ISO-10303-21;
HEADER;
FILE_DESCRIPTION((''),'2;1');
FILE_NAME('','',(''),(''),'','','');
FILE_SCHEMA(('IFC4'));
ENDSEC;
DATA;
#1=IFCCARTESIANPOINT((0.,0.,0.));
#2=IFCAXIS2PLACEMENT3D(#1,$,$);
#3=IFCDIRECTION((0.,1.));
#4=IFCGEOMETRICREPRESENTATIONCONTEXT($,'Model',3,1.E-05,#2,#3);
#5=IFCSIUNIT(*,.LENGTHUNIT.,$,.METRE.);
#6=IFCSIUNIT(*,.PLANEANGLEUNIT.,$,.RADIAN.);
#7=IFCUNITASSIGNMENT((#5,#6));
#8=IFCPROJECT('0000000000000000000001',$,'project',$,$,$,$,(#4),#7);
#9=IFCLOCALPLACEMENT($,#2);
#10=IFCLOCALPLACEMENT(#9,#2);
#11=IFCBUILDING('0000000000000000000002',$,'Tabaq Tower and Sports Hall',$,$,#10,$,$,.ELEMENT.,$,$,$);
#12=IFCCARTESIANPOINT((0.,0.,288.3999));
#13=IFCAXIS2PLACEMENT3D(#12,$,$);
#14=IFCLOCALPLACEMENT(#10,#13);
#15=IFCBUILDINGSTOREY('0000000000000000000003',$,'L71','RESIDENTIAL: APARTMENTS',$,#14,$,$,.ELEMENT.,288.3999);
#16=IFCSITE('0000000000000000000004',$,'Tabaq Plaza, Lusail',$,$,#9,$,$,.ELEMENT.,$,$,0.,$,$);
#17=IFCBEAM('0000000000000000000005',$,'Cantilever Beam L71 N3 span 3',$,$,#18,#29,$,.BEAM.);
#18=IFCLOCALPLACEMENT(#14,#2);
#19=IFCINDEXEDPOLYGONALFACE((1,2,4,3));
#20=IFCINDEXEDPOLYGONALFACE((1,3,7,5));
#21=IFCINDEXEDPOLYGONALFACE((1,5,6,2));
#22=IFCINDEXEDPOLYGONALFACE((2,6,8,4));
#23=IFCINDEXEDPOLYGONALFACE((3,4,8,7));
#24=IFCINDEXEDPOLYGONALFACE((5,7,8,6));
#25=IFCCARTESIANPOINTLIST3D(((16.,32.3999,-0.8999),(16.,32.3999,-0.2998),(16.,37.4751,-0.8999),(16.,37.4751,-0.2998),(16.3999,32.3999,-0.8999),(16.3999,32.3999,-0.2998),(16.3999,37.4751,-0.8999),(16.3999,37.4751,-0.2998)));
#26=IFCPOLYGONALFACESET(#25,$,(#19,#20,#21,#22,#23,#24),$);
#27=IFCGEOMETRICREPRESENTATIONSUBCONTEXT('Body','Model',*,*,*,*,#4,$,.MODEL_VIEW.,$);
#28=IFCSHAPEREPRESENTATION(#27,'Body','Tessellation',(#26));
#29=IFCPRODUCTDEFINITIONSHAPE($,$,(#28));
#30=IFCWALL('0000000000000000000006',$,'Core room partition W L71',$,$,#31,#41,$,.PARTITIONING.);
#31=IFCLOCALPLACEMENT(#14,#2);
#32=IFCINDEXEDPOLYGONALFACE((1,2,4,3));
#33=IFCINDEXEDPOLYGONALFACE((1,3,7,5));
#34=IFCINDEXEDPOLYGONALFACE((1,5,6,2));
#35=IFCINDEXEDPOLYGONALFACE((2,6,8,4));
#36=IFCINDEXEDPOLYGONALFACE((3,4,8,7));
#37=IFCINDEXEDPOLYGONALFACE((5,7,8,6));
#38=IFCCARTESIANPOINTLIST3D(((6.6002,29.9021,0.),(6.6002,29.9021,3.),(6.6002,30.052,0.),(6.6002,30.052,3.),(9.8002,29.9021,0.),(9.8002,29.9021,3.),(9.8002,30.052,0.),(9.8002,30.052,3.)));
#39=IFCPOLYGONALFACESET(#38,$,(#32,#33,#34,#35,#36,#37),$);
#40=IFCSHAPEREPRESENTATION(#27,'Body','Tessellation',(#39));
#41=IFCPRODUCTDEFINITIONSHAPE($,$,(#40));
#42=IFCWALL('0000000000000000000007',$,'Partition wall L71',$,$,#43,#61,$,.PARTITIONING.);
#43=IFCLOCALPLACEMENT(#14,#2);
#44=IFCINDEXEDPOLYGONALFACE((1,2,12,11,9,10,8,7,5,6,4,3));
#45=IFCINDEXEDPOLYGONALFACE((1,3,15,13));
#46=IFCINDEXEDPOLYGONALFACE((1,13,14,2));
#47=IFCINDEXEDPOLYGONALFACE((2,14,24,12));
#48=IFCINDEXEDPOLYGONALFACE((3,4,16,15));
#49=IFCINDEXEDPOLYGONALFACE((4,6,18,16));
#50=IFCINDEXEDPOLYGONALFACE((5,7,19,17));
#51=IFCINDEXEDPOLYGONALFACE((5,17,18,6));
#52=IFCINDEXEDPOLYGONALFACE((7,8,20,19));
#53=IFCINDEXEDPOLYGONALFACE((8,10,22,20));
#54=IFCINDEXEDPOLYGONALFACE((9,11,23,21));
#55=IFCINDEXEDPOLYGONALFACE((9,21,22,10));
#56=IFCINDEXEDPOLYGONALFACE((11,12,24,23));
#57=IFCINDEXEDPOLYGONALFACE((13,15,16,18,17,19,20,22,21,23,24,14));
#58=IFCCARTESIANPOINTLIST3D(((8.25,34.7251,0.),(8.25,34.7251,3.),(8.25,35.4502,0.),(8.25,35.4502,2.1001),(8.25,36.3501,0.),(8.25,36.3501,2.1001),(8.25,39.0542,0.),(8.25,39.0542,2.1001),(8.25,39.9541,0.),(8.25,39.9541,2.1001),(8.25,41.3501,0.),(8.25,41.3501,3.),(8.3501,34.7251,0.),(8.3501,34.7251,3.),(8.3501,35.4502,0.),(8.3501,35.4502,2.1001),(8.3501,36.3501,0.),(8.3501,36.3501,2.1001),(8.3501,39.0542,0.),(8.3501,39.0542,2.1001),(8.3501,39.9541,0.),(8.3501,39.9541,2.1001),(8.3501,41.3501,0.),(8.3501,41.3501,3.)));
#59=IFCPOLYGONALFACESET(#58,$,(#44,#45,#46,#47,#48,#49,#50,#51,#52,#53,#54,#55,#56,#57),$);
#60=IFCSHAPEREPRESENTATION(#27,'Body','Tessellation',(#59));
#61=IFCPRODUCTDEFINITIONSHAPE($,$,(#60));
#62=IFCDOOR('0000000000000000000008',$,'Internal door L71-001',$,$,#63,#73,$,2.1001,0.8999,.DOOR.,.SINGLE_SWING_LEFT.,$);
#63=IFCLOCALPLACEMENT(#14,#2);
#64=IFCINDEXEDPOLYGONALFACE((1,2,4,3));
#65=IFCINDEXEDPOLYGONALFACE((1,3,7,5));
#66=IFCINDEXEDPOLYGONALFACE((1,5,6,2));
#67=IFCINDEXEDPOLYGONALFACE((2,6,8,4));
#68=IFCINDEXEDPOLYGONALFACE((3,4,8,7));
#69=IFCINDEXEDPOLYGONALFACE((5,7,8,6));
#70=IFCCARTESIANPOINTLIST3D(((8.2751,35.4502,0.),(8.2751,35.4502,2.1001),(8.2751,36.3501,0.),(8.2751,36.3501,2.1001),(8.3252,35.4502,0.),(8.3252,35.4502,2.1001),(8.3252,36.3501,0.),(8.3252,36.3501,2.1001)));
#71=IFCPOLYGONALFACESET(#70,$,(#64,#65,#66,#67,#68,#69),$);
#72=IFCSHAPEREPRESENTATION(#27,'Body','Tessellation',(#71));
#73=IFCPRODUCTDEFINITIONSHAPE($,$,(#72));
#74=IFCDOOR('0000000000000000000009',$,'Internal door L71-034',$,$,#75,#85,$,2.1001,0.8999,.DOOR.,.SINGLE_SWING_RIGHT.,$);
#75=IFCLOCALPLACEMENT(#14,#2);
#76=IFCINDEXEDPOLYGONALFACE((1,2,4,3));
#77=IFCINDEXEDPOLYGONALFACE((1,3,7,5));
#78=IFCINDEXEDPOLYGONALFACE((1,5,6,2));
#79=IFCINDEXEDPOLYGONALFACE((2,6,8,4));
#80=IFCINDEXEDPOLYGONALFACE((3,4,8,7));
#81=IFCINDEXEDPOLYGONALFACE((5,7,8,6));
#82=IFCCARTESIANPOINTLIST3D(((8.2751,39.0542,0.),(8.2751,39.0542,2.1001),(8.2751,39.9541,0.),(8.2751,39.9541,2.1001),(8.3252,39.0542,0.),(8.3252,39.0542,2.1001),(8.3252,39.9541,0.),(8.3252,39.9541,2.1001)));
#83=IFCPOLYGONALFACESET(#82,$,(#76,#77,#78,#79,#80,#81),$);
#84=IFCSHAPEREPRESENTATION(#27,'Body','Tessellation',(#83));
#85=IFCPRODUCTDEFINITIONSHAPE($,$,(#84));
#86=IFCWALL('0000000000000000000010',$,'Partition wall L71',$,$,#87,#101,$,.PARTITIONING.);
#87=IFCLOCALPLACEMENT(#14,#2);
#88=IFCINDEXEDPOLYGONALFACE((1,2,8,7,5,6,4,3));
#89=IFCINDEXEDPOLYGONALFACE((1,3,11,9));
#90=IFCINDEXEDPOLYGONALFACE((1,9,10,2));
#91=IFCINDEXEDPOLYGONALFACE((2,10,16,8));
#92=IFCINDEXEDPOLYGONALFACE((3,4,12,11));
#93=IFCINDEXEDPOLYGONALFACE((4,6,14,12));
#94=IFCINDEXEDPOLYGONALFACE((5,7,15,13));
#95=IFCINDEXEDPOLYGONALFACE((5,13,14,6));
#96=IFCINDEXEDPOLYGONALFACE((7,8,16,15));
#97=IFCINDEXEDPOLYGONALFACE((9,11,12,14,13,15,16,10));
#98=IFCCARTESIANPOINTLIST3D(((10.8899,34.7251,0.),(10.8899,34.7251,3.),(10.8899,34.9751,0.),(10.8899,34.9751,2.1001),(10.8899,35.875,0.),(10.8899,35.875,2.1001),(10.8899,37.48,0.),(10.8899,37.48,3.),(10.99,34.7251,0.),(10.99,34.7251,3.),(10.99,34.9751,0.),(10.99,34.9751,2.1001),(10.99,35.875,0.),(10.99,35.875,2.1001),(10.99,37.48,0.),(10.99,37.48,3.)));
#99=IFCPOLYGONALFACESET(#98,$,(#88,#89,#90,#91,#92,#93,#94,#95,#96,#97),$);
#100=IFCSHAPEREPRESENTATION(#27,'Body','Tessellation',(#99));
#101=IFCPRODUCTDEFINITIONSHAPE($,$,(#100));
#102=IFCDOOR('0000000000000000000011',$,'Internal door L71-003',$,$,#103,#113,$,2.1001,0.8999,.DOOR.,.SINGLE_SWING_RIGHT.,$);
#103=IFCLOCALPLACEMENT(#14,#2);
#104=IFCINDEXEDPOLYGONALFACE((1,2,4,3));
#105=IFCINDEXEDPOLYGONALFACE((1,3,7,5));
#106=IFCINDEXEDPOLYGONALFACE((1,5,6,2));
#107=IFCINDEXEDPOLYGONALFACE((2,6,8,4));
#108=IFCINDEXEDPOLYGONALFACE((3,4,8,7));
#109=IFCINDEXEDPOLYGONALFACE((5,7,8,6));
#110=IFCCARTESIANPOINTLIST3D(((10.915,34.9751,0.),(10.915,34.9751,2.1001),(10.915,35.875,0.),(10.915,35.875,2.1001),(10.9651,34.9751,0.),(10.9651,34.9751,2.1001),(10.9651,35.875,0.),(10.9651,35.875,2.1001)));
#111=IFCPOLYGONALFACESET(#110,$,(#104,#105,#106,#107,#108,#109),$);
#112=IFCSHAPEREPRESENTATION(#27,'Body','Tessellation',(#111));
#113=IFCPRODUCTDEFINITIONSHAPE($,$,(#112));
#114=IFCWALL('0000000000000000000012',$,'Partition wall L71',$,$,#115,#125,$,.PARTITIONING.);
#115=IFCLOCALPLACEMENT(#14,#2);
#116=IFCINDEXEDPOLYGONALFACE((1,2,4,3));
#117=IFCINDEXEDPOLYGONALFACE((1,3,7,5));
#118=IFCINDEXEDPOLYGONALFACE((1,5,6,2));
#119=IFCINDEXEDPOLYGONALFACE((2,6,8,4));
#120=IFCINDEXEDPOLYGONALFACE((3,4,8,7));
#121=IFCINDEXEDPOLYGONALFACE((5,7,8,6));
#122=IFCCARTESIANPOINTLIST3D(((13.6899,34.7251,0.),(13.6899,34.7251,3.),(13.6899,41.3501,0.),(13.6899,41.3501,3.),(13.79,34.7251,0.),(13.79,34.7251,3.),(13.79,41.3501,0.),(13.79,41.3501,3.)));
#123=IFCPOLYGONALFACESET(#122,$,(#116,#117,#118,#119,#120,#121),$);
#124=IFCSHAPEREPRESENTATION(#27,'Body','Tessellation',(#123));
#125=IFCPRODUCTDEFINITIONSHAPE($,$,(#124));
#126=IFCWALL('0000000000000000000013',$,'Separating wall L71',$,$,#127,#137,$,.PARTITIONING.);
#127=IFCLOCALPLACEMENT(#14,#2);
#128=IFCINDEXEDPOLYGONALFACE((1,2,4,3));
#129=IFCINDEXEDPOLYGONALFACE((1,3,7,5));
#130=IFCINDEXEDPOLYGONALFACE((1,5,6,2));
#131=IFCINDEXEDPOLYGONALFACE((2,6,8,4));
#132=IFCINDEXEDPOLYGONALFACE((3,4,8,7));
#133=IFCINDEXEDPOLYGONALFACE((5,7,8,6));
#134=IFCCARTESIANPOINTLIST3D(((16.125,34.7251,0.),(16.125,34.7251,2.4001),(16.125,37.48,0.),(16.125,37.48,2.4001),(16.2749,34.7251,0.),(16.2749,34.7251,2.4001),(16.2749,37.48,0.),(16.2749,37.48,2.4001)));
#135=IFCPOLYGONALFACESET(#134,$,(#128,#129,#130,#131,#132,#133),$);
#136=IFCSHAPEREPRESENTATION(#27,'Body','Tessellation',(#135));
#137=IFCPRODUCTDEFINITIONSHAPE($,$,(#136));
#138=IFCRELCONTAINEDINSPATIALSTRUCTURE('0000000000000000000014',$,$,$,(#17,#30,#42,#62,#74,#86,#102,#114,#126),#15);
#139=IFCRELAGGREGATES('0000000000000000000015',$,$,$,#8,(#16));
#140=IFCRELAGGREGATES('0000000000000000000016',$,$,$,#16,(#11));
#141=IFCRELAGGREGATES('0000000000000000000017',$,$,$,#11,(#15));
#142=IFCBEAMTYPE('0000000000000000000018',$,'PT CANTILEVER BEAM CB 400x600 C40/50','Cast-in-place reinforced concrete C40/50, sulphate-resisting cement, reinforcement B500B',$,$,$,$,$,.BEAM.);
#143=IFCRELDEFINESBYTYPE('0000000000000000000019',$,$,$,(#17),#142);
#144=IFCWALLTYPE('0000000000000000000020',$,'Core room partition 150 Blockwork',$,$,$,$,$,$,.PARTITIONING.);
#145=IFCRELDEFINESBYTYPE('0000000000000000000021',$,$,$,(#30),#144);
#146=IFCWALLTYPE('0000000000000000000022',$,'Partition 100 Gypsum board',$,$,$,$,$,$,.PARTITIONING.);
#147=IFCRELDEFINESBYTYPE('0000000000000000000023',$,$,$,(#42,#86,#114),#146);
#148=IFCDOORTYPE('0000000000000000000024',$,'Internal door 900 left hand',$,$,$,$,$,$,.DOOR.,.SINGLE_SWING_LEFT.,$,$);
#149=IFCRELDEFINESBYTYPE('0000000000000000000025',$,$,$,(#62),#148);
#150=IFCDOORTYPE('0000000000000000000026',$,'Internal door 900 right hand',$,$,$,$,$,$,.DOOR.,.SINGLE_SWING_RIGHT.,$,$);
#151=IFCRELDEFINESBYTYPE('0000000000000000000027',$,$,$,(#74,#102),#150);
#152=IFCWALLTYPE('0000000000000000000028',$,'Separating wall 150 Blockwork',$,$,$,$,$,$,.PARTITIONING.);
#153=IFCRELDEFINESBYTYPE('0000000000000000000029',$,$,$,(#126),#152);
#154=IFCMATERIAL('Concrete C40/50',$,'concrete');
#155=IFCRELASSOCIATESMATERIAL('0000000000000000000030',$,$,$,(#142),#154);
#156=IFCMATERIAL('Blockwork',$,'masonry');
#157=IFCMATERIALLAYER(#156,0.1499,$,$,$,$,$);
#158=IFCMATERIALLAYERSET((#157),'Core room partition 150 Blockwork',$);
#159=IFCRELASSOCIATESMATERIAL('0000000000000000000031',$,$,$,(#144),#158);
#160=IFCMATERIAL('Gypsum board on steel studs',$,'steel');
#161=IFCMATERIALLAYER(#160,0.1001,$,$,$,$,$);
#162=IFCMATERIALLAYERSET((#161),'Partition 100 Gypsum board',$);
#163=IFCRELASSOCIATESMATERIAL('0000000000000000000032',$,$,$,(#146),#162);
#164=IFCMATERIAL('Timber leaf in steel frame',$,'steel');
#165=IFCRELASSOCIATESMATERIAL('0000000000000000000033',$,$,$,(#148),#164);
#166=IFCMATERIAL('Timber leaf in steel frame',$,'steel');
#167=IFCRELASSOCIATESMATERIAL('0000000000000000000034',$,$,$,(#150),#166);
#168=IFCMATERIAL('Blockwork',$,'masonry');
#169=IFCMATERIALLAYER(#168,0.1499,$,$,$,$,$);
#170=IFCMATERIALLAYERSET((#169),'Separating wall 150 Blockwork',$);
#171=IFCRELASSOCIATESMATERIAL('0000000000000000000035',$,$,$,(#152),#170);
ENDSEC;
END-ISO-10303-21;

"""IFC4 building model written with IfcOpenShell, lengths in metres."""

from ifc_helpers import new_model, si_unit, direction, frame, frame_2d, origin, origin_2d, place, context, subcontext, project, spatial, rectangle, extrude, material, layer, layer_set, material_profile, profile_set, type_object, element, fill, save


model = new_model("IFC4")

# Units and contexts
model_context = context("Model", 3, precision=1e-05, world=origin(), true_north=direction((0.0, 1.0)))
body_context = subcontext(model_context, "Body", "Model", "MODEL_VIEW")
ifc_project = project(units=[si_unit("LENGTHUNIT", "METRE"), si_unit("PLANEANGLEUNIT", "RADIAN")], contexts=[model_context])

# Site, building, storey
site_placement = place(None, origin())
site = spatial("IfcSite", under=ifc_project, at=site_placement, Name="Tabaq Plaza, Lusail", CompositionType="ELEMENT", RefElevation=0.0)
building_placement = place(site_placement, origin())
building = spatial("IfcBuilding", under=site, at=building_placement, Name="Tabaq Tower and Sports Hall", CompositionType="ELEMENT")
storey_placement = place(building_placement, frame((0.0, 0.0, 288.3999)))
storey = spatial("IfcBuildingStorey", under=building, at=storey_placement, Name="L71", Description="RESIDENTIAL: APARTMENTS", CompositionType="ELEMENT", Elevation=288.3999)

# Beam
ifc_material_1 = material(Name="Concrete C40/50", Category="concrete")
ifc_material_profile = material_profile(ifc_material_1, rectangle(XDim=0.3999, YDim=0.6001, at=origin_2d()), Name="CB 400x600")
ifc_profile_set = profile_set([ifc_material_profile], Name="Concrete C40/50")
beam_type = type_object("IfcBeamType", Name="PT CANTILEVER BEAM CB 400x600 C40/50", Description="Cast-in-place reinforced concrete C40/50, sulphate-resisting cement, reinforcement B500B", PredefinedType="BEAM", material=ifc_profile_set)
beam_placement = place(storey_placement, frame((16.2, 37.4751, -0.5999), z_axis=(0.0, -1.0, 0.0), x_axis=(1.0, 0.0, 0.0)))
element("IfcBeam", 1, at=beam_placement, inside=storey, type_object=beam_type, Name="Cantilever Beam L71 N3 span 3", PredefinedType="BEAM", context=body_context, shape_type="SweptSolid", body=[
    extrude(rectangle(XDim=0.3999, YDim=0.6001, at=origin_2d()), origin(), (0.0, 0.0, 1.0), 5.0752),
])

# Wall
ifc_material_2 = material(Name="Blockwork", Category="masonry")
ifc_layer_1 = layer(ifc_material_2, 0.1499)
ifc_layer_set_1 = layer_set([ifc_layer_1], Name="Core room partition 150 Blockwork")
wall_type_1 = type_object("IfcWallType", Name="Core room partition 150 Blockwork", PredefinedType="PARTITIONING", material=ifc_layer_set_1)
wall_1_placement = place(storey_placement, frame((6.6001, 29.9771, 0.0), z_axis=(0.0, 0.0, 1.0), x_axis=(1.0, 0.0, 0.0)))
element("IfcWall", 2, at=wall_1_placement, inside=storey, type_object=wall_type_1, Name="Core room partition W L71", PredefinedType="PARTITIONING", context=body_context, shape_type="SweptSolid", body=[
    extrude(rectangle(XDim=3.2, YDim=0.1499, at=frame_2d((1.6001, 0.0))), origin(), (0.0, 0.0, 1.0), 3.0),
])

# Wall, openings, doors
ifc_material_3 = material(Name="Gypsum board on steel studs", Category="steel")
ifc_layer_2 = layer(ifc_material_3, 0.1001)
ifc_layer_set_2 = layer_set([ifc_layer_2], Name="Partition 100 Gypsum board")
wall_type_2 = type_object("IfcWallType", Name="Partition 100 Gypsum board", PredefinedType="PARTITIONING", material=ifc_layer_set_2)
wall_2_placement = place(storey_placement, frame((8.3, 34.7251, 0.0), z_axis=(0.0, 0.0, 1.0), x_axis=(0.0, 1.0, 0.0)))
wall_2 = element("IfcWall", 3, at=wall_2_placement, inside=storey, type_object=wall_type_2, Name="Partition wall L71", PredefinedType="PARTITIONING", context=body_context, shape_type="SweptSolid", body=[
    extrude(rectangle(XDim=6.625, YDim=0.1001, at=frame_2d((3.3125, 0.0))), origin(), (0.0, 0.0, 1.0), 3.0),
])
opening_1_placement = place(wall_2_placement, frame((0.7251, 0.0, 0.0)))
opening_1 = element("IfcOpeningElement", 4, at=opening_1_placement, cuts=wall_2, PredefinedType="OPENING", context=body_context, shape_type="SweptSolid", body=[
    extrude(rectangle(XDim=0.8999, YDim=2.1001, at=frame_2d((0.45, 1.05))), frame((0.0, 0.05, 0.0), z_axis=(0.0, -1.0, 0.0), x_axis=(1.0, 0.0, 0.0)), (0.0, 0.0, 1.0), 0.1001),
])
opening_2_placement = place(wall_2_placement, frame((4.3291, 0.0, 0.0)))
opening_2 = element("IfcOpeningElement", 5, at=opening_2_placement, cuts=wall_2, PredefinedType="OPENING", context=body_context, shape_type="SweptSolid", body=[
    extrude(rectangle(XDim=0.8999, YDim=2.1001, at=frame_2d((0.45, 1.05))), frame((0.0, 0.05, 0.0), z_axis=(0.0, -1.0, 0.0), x_axis=(1.0, 0.0, 0.0)), (0.0, 0.0, 1.0), 0.1001),
])
ifc_material_4 = material(Name="Timber leaf in steel frame", Category="steel")
door_type_1 = type_object("IfcDoorType", Name="Internal door 900 left hand", OperationType="SINGLE_SWING_LEFT", PredefinedType="DOOR", material=ifc_material_4)
door_1_placement = place(opening_1_placement, origin())
door_1 = element("IfcDoor", 6, at=door_1_placement, inside=storey, type_object=door_type_1, Name="Internal door L71-001", OperationType="SINGLE_SWING_LEFT", OverallHeight=2.1001, OverallWidth=0.8999, PredefinedType="DOOR", context=body_context, shape_type="SweptSolid", body=[
    extrude(rectangle(XDim=0.8999, YDim=2.1001, at=frame_2d((0.45, 1.05))), frame((0.0, 0.0249, 0.0), z_axis=(0.0, -1.0, 0.0), x_axis=(1.0, 0.0, 0.0)), (0.0, 0.0, 1.0), 0.05),
])
fill(opening_1, door_1)
ifc_material_5 = material(Name="Timber leaf in steel frame", Category="steel")
door_type_2 = type_object("IfcDoorType", Name="Internal door 900 right hand", OperationType="SINGLE_SWING_RIGHT", PredefinedType="DOOR", material=ifc_material_5)
door_2_placement = place(opening_2_placement, origin())
door_2 = element("IfcDoor", 7, at=door_2_placement, inside=storey, type_object=door_type_2, Name="Internal door L71-034", OperationType="SINGLE_SWING_RIGHT", OverallHeight=2.1001, OverallWidth=0.8999, PredefinedType="DOOR", context=body_context, shape_type="SweptSolid", body=[
    extrude(rectangle(XDim=0.8999, YDim=2.1001, at=frame_2d((0.45, 1.05))), frame((0.0, 0.0249, 0.0), z_axis=(0.0, -1.0, 0.0), x_axis=(1.0, 0.0, 0.0)), (0.0, 0.0, 1.0), 0.05),
])
fill(opening_2, door_2)

# Wall, opening, door
wall_3_placement = place(storey_placement, frame((10.9399, 34.7251, 0.0), z_axis=(0.0, 0.0, 1.0), x_axis=(0.0, 1.0, 0.0)))
wall_3 = element("IfcWall", 8, at=wall_3_placement, inside=storey, type_object=wall_type_2, Name="Partition wall L71", PredefinedType="PARTITIONING", context=body_context, shape_type="SweptSolid", body=[
    extrude(rectangle(XDim=2.7549, YDim=0.1001, at=frame_2d((1.3774, 0.0))), origin(), (0.0, 0.0, 1.0), 3.0),
])
opening_3_placement = place(wall_3_placement, frame((0.25, 0.0, 0.0)))
opening_3 = element("IfcOpeningElement", 9, at=opening_3_placement, cuts=wall_3, PredefinedType="OPENING", context=body_context, shape_type="SweptSolid", body=[
    extrude(rectangle(XDim=0.8999, YDim=2.1001, at=frame_2d((0.45, 1.05))), frame((0.0, 0.05, 0.0), z_axis=(0.0, -1.0, 0.0), x_axis=(1.0, 0.0, 0.0)), (0.0, 0.0, 1.0), 0.1001),
])
door_3_placement = place(opening_3_placement, origin())
door_3 = element("IfcDoor", 10, at=door_3_placement, inside=storey, type_object=door_type_2, Name="Internal door L71-003", OperationType="SINGLE_SWING_RIGHT", OverallHeight=2.1001, OverallWidth=0.8999, PredefinedType="DOOR", context=body_context, shape_type="SweptSolid", body=[
    extrude(rectangle(XDim=0.8999, YDim=2.1001, at=frame_2d((0.45, 1.05))), frame((0.0, 0.0249, 0.0), z_axis=(0.0, -1.0, 0.0), x_axis=(1.0, 0.0, 0.0)), (0.0, 0.0, 1.0), 0.05),
])
fill(opening_3, door_3)

# Walls
wall_4_placement = place(storey_placement, frame((13.74, 34.7251, 0.0), z_axis=(0.0, 0.0, 1.0), x_axis=(0.0, 1.0, 0.0)))
element("IfcWall", 11, at=wall_4_placement, inside=storey, type_object=wall_type_2, Name="Partition wall L71", PredefinedType="PARTITIONING", context=body_context, shape_type="SweptSolid", body=[
    extrude(rectangle(XDim=6.625, YDim=0.1001, at=frame_2d((3.3125, 0.0))), origin(), (0.0, 0.0, 1.0), 3.0),
])
ifc_material_6 = material(Name="Blockwork", Category="masonry")
ifc_layer_3 = layer(ifc_material_6, 0.1499)
ifc_layer_set_3 = layer_set([ifc_layer_3], Name="Separating wall 150 Blockwork")
wall_type_3 = type_object("IfcWallType", Name="Separating wall 150 Blockwork", PredefinedType="PARTITIONING", material=ifc_layer_set_3)
wall_5_placement = place(storey_placement, frame((16.2, 34.7251, 0.0), z_axis=(0.0, 0.0, 1.0), x_axis=(0.0, 1.0, 0.0)))
element("IfcWall", 12, at=wall_5_placement, inside=storey, type_object=wall_type_3, Name="Separating wall L71", PredefinedType="PARTITIONING", context=body_context, shape_type="SweptSolid", body=[
    extrude(rectangle(XDim=2.7549, YDim=0.1499, at=frame_2d((1.3774, 0.0))), origin(), (0.0, 0.0, 1.0), 2.4001),
])

save(model, "model.ifc")
